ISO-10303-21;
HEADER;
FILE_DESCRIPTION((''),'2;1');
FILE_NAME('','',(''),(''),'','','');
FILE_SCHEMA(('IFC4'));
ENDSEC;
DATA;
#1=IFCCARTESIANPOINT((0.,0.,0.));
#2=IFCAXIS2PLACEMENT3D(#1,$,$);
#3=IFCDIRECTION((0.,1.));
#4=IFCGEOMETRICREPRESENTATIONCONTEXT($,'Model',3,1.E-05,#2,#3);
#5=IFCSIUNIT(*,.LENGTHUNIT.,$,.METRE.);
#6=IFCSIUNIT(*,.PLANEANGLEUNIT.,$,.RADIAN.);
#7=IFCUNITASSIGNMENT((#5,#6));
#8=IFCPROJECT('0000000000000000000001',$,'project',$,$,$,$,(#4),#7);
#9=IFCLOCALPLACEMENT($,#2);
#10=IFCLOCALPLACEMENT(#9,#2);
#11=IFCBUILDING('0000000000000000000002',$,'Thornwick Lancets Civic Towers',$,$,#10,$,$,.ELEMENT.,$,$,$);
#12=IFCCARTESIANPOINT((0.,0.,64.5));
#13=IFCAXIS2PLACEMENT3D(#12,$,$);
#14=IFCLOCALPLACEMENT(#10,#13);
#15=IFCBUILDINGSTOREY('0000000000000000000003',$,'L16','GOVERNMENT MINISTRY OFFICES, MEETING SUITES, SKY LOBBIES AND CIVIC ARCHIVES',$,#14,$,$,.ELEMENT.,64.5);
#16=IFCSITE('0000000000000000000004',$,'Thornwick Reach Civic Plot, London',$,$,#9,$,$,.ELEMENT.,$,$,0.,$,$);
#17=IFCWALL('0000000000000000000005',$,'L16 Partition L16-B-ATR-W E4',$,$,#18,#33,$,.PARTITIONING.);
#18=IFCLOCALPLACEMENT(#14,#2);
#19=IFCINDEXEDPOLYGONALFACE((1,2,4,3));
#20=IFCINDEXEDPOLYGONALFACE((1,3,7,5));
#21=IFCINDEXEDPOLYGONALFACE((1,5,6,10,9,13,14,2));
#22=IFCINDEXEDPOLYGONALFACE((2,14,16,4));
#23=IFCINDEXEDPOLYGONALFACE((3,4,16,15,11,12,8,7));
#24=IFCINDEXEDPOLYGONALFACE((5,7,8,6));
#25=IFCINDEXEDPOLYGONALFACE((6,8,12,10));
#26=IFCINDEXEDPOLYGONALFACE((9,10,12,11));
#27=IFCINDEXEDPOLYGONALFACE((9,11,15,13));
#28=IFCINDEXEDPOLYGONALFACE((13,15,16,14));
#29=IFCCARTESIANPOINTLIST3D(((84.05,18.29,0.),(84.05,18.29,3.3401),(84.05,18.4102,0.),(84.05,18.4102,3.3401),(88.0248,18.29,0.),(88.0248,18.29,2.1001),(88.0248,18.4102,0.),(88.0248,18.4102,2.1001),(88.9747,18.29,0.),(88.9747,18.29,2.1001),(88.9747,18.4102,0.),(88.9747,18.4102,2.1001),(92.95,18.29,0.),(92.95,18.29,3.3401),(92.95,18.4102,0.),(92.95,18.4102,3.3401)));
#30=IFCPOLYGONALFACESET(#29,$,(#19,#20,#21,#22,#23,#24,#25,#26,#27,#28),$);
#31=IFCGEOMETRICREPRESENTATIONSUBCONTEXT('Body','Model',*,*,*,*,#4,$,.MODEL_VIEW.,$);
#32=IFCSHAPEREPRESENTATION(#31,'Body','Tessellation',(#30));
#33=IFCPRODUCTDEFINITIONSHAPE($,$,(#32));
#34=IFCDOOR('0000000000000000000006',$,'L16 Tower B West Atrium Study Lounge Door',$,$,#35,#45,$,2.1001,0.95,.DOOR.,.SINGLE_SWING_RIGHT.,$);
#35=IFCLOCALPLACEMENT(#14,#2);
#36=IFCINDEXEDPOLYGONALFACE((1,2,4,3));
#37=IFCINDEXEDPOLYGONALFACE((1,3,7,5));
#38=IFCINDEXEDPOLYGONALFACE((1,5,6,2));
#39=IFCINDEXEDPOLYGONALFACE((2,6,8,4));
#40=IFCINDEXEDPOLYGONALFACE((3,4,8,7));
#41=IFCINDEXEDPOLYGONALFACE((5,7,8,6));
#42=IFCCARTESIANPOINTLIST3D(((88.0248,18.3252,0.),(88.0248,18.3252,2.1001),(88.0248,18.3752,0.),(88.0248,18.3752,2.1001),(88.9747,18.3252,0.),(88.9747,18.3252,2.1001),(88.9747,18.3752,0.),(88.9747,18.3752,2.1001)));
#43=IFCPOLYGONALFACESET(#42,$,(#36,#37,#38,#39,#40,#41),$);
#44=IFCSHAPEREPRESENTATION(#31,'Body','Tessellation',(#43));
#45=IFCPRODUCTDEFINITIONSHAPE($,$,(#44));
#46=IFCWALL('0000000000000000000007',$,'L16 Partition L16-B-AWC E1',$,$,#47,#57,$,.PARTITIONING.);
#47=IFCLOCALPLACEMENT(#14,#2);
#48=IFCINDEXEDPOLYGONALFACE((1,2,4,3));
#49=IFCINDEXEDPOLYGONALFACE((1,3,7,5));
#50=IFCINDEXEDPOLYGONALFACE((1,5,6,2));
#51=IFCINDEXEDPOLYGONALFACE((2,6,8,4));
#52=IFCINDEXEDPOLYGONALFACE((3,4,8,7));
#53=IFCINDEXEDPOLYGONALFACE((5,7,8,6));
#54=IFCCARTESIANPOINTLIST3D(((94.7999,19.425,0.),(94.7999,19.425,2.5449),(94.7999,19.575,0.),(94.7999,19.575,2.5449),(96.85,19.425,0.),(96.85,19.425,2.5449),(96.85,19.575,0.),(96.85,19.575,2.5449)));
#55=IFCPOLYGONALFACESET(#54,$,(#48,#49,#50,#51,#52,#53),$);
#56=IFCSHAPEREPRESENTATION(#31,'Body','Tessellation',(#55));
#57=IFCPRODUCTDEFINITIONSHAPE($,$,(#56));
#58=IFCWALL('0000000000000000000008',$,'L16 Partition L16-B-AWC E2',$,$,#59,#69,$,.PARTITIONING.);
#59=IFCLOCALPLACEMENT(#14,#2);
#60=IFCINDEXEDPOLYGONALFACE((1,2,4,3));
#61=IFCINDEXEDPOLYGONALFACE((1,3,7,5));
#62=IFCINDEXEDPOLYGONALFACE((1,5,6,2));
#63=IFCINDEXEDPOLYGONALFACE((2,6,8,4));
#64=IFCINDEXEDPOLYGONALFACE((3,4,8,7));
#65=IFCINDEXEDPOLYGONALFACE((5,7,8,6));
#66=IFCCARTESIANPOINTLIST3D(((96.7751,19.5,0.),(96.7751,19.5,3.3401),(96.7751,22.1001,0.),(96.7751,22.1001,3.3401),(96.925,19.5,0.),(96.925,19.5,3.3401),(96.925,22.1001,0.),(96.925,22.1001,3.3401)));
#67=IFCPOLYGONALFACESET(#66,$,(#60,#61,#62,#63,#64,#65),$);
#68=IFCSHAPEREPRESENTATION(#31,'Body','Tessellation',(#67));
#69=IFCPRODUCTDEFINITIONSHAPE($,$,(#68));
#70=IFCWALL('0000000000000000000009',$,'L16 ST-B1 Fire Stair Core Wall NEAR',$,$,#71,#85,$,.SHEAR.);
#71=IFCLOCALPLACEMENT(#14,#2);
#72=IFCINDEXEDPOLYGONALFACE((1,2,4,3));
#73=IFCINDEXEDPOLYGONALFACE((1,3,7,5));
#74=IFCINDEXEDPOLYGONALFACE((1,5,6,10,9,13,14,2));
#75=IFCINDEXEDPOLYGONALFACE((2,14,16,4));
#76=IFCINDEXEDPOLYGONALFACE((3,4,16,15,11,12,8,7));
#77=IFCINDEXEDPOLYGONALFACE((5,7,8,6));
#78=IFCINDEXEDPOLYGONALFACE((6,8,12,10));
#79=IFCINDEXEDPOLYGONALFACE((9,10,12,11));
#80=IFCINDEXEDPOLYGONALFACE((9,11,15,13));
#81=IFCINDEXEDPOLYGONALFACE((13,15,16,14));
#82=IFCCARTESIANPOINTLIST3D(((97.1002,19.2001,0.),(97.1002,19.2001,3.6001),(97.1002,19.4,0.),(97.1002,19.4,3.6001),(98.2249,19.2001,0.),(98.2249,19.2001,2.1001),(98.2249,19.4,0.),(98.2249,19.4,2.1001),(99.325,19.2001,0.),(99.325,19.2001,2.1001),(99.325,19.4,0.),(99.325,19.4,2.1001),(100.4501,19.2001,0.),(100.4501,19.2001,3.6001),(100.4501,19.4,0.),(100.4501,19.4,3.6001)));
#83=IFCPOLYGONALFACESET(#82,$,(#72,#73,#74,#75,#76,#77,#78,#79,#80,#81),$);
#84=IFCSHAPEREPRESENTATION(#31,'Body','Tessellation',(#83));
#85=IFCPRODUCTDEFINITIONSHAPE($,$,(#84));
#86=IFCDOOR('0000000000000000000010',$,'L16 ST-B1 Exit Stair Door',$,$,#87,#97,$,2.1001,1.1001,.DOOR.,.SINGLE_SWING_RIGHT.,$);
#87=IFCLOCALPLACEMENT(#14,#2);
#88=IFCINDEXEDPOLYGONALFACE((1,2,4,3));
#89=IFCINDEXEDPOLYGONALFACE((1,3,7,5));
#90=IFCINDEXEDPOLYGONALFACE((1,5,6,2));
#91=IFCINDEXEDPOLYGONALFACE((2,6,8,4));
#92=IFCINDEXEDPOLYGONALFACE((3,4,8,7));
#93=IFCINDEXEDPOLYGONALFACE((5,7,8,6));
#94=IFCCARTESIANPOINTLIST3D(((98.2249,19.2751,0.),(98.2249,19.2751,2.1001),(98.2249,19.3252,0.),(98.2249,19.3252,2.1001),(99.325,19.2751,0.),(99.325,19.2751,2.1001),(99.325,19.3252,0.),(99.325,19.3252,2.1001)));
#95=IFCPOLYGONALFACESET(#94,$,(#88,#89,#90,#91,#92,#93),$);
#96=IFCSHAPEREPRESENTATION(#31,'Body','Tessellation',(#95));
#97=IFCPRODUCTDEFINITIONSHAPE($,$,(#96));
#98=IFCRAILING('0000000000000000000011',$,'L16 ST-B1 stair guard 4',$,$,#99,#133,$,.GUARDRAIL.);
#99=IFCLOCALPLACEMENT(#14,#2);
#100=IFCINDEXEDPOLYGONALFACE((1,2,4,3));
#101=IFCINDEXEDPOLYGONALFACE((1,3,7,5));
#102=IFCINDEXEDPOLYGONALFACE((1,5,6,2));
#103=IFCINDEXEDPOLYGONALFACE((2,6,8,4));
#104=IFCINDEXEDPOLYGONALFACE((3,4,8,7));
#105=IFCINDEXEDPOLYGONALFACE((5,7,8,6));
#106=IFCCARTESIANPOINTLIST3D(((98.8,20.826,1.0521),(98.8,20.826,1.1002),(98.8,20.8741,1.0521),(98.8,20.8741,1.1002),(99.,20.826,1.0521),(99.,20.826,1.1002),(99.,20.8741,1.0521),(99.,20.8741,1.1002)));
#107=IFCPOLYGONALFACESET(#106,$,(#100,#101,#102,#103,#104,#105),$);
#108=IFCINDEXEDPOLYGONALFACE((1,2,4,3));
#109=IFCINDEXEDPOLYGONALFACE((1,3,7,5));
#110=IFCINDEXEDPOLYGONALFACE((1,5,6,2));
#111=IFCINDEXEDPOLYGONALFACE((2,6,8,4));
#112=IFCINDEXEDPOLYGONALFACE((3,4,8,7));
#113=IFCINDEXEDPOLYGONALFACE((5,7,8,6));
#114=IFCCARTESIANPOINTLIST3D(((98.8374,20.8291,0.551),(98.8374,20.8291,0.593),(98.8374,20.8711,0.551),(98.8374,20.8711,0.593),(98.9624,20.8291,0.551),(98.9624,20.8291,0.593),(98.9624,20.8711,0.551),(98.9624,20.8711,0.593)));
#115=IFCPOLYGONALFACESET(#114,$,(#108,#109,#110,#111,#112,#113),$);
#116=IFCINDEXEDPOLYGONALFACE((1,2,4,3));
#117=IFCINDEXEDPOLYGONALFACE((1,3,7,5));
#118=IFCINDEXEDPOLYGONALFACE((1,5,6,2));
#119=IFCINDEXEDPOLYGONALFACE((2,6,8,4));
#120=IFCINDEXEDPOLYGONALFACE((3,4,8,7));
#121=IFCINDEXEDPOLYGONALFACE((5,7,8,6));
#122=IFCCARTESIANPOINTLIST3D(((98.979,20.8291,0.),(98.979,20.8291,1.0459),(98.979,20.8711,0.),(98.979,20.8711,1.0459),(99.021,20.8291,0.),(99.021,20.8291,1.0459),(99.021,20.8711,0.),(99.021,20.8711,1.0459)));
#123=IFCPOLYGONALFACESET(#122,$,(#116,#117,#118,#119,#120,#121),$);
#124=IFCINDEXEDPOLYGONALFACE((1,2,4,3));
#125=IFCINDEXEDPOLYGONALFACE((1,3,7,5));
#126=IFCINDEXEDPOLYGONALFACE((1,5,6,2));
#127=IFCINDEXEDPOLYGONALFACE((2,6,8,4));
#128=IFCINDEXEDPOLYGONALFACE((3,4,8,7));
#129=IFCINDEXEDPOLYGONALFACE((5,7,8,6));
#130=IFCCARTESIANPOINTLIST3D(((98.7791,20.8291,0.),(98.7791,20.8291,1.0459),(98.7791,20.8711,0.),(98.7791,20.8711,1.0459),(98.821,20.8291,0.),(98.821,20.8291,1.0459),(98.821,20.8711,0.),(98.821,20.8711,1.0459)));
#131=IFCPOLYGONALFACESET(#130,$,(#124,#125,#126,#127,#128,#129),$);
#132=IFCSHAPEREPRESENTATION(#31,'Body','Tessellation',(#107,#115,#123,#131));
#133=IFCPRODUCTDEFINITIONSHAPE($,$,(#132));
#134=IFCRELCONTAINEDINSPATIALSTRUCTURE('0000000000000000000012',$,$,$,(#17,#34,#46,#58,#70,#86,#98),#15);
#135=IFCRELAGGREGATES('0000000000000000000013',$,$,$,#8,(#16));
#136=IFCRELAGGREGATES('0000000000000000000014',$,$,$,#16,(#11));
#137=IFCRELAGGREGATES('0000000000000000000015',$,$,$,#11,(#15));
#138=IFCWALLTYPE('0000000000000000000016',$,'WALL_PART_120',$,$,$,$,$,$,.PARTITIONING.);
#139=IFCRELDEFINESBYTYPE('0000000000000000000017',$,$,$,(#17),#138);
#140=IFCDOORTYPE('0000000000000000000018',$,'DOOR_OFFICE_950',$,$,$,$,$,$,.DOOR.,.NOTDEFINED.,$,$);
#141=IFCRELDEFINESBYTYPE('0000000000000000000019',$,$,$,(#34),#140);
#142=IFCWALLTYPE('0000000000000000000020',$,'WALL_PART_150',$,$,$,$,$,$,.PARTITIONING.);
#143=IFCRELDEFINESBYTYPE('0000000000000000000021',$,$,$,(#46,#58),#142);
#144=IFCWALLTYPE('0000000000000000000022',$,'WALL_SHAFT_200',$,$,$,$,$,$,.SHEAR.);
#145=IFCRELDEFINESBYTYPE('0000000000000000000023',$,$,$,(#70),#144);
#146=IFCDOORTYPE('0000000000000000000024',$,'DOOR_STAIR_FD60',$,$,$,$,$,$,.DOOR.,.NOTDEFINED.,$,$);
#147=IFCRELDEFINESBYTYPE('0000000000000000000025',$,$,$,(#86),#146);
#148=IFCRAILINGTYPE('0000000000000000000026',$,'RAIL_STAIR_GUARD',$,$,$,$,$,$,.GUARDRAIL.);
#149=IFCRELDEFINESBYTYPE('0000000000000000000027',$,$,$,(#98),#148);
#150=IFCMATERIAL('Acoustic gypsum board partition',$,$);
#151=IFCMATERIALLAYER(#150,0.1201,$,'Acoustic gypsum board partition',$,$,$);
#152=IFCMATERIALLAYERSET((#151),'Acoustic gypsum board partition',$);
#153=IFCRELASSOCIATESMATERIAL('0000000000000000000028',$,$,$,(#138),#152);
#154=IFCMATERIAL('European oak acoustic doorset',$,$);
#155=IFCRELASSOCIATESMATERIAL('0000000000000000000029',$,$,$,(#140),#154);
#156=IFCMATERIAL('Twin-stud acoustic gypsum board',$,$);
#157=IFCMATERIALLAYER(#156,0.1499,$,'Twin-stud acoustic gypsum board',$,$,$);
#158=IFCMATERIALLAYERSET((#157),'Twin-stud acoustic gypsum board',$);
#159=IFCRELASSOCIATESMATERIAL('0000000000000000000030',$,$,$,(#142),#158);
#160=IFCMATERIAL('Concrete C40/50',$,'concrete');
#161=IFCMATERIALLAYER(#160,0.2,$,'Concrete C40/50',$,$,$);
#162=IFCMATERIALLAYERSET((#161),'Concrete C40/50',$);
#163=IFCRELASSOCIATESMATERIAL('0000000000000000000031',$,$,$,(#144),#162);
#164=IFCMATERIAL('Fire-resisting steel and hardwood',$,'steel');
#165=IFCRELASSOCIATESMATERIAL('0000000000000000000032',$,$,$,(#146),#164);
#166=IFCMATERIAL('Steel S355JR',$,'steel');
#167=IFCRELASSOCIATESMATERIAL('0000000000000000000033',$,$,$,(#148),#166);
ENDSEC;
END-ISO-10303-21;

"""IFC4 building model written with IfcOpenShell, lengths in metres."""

from ifc_helpers import new_model, si_unit, direction, frame, frame_2d, origin, origin_2d, place, context, subcontext, project, spatial, rectangle, extrude, material, layer, layer_set, type_object, element, fill, save


model = new_model("IFC4")

# Units and contexts
model_context = context("Model", 3, precision=1e-05, world=origin(), true_north=direction((0.0, 1.0)))
body_context = subcontext(model_context, "Body", "Model", "MODEL_VIEW")
ifc_project = project(units=[si_unit("LENGTHUNIT", "METRE"), si_unit("PLANEANGLEUNIT", "RADIAN")], contexts=[model_context])

# Site, building, storey
site_placement = place(None, origin())
site = spatial("IfcSite", under=ifc_project, at=site_placement, Name="Thornwick Reach Civic Plot, London", CompositionType="ELEMENT", RefElevation=0.0)
building_placement = place(site_placement, origin())
building = spatial("IfcBuilding", under=site, at=building_placement, Name="Thornwick Lancets Civic Towers", CompositionType="ELEMENT")
storey_placement = place(building_placement, frame((0.0, 0.0, 64.5)))
storey = spatial("IfcBuildingStorey", under=building, at=storey_placement, Name="L16", Description="GOVERNMENT MINISTRY OFFICES, MEETING SUITES, SKY LOBBIES AND CIVIC ARCHIVES", CompositionType="ELEMENT", Elevation=64.5)

# Shared definitions
ifc_material_1 = material(Name="Acoustic gypsum board partition")
ifc_layer_1 = layer(ifc_material_1, 0.1201, Name="Acoustic gypsum board partition")
ifc_layer_set_1 = layer_set([ifc_layer_1], Name="Acoustic gypsum board partition")
wall_type_1 = type_object("IfcWallType", Name="WALL_PART_120", PredefinedType="PARTITIONING", material=ifc_layer_set_1)

# Wall, opening, door
wall_1_placement = place(storey_placement, frame((92.95, 18.3501, 0.0), z_axis=(0.0, 0.0, 1.0), x_axis=(-1.0, 0.0, 0.0)))
wall_1 = element("IfcWall", 1, at=wall_1_placement, inside=storey, type_object=wall_type_1, Name="L16 Partition L16-B-ATR-W E4", PredefinedType="PARTITIONING", context=body_context, shape_type="SweptSolid", body=[
    extrude(rectangle(XDim=8.8999, YDim=0.1201, at=frame_2d((4.45, 0.0))), origin(), (0.0, 0.0, 1.0), 3.3401),
])
opening_1_placement = place(wall_1_placement, frame((3.9751, 0.0, 0.0)))
opening_1 = element("IfcOpeningElement", 2, at=opening_1_placement, cuts=wall_1, PredefinedType="OPENING", context=body_context, shape_type="SweptSolid", body=[
    extrude(rectangle(XDim=0.95, YDim=2.1001, at=frame_2d((0.4751, 1.05))), frame((0.0, 0.0701, 0.0), z_axis=(0.0, -1.0, 0.0), x_axis=(1.0, 0.0, 0.0)), (0.0, 0.0, 1.0), 0.1401),
])
ifc_material_2 = material(Name="European oak acoustic doorset")
door_type_1 = type_object("IfcDoorType", Name="DOOR_OFFICE_950", OperationType="NOTDEFINED", PredefinedType="DOOR", material=ifc_material_2)
door_1_placement = place(opening_1_placement, origin())
door_1 = element("IfcDoor", 3, at=door_1_placement, inside=storey, type_object=door_type_1, Name="L16 Tower B West Atrium Study Lounge Door", OperationType="SINGLE_SWING_RIGHT", OverallHeight=2.1001, OverallWidth=0.95, PredefinedType="DOOR", context=body_context, shape_type="SweptSolid", body=[
    extrude(rectangle(XDim=0.95, YDim=2.1001, at=frame_2d((0.4751, 1.05))), frame((0.0, 0.0249, 0.0), z_axis=(0.0, -1.0, 0.0), x_axis=(1.0, 0.0, 0.0)), (0.0, 0.0, 1.0), 0.05),
])
fill(opening_1, door_1)

# Walls
ifc_material_3 = material(Name="Twin-stud acoustic gypsum board")
ifc_layer_2 = layer(ifc_material_3, 0.1499, Name="Twin-stud acoustic gypsum board")
ifc_layer_set_2 = layer_set([ifc_layer_2], Name="Twin-stud acoustic gypsum board")
wall_type_2 = type_object("IfcWallType", Name="WALL_PART_150", PredefinedType="PARTITIONING", material=ifc_layer_set_2)
wall_2_placement = place(storey_placement, frame((94.8, 19.5, 0.0), z_axis=(0.0, 0.0, 1.0), x_axis=(1.0, 0.0, 0.0)))
element("IfcWall", 4, at=wall_2_placement, inside=storey, type_object=wall_type_2, Name="L16 Partition L16-B-AWC E1", PredefinedType="PARTITIONING", context=body_context, shape_type="SweptSolid", body=[
    extrude(rectangle(XDim=2.05, YDim=0.1499, at=frame_2d((1.0249, 0.0))), origin(), (0.0, 0.0, 1.0), 2.5449),
])
wall_3_placement = place(storey_placement, frame((96.8501, 19.5, 0.0), z_axis=(0.0, 0.0, 1.0), x_axis=(0.0, 1.0, 0.0)))
element("IfcWall", 5, at=wall_3_placement, inside=storey, type_object=wall_type_2, Name="L16 Partition L16-B-AWC E2", PredefinedType="PARTITIONING", context=body_context, shape_type="SweptSolid", body=[
    extrude(rectangle(XDim=2.6001, YDim=0.1499, at=frame_2d((1.3, 0.0))), origin(), (0.0, 0.0, 1.0), 3.3401),
])

# Wall, opening, door
ifc_material_4 = material(Name="Concrete C40/50", Category="concrete")
ifc_layer_3 = layer(ifc_material_4, 0.2, Name="Concrete C40/50")
ifc_layer_set_3 = layer_set([ifc_layer_3], Name="Concrete C40/50")
wall_type_3 = type_object("IfcWallType", Name="WALL_SHAFT_200", PredefinedType="SHEAR", material=ifc_layer_set_3)
wall_4_placement = place(storey_placement, frame((100.45, 19.3, 0.0), z_axis=(0.0, 0.0, 1.0), x_axis=(-1.0, 0.0, 0.0)))
wall_4 = element("IfcWall", 6, at=wall_4_placement, inside=storey, type_object=wall_type_3, Name="L16 ST-B1 Fire Stair Core Wall NEAR", PredefinedType="SHEAR", context=body_context, shape_type="SweptSolid", body=[
    extrude(rectangle(XDim=3.3499, YDim=0.2, at=frame_2d((1.6748, 0.0))), origin(), (0.0, 0.0, 1.0), 3.6001),
])
opening_2_placement = place(wall_4_placement, frame((1.125, 0.0, 0.0)))
opening_2 = element("IfcOpeningElement", 7, at=opening_2_placement, cuts=wall_4, PredefinedType="OPENING", context=body_context, shape_type="SweptSolid", body=[
    extrude(rectangle(XDim=1.1001, YDim=2.1001, at=frame_2d((0.55, 1.05))), frame((0.0, 0.1099, 0.0), z_axis=(0.0, -1.0, 0.0), x_axis=(1.0, 0.0, 0.0)), (0.0, 0.0, 1.0), 0.22),
])
ifc_material_5 = material(Name="Fire-resisting steel and hardwood", Category="steel")
door_type_2 = type_object("IfcDoorType", Name="DOOR_STAIR_FD60", OperationType="NOTDEFINED", PredefinedType="DOOR", material=ifc_material_5)
door_2_placement = place(opening_2_placement, origin())
door_2 = element("IfcDoor", 8, at=door_2_placement, inside=storey, type_object=door_type_2, Name="L16 ST-B1 Exit Stair Door", OperationType="SINGLE_SWING_RIGHT", OverallHeight=2.1001, OverallWidth=1.1001, PredefinedType="DOOR", context=body_context, shape_type="SweptSolid", body=[
    extrude(rectangle(XDim=1.1001, YDim=2.1001, at=frame_2d((0.55, 1.05))), frame((0.0, 0.0249, 0.0), z_axis=(0.0, -1.0, 0.0), x_axis=(1.0, 0.0, 0.0)), (0.0, 0.0, 1.0), 0.05),
])
fill(opening_2, door_2)

# Railing
ifc_material_6 = material(Name="Steel S355JR", Category="steel")
railing_type = type_object("IfcRailingType", Name="RAIL_STAIR_GUARD", PredefinedType="GUARDRAIL", material=ifc_material_6)
railing_placement = place(storey_placement, frame((99.0, 20.8501, 0.0)))
element("IfcRailing", 9, at=railing_placement, inside=storey, type_object=railing_type, Name="L16 ST-B1 stair guard 4", PredefinedType="GUARDRAIL", context=body_context, shape_type="SweptSolid", body=[
    extrude(rectangle(XDim=0.0481, YDim=0.0481, at=origin_2d()), frame((0.0, 0.0, 1.0762), z_axis=(-1.0, 0.0, 0.0), x_axis=(0.0, -1.0, 0.0)), (0.0, 0.0, 1.0), 0.2),
    extrude(rectangle(XDim=0.042, YDim=0.042, at=origin_2d()), frame((-0.0376, 0.0, 0.572), z_axis=(-1.0, 0.0, 0.0), x_axis=(0.0, -1.0, 0.0)), (0.0, 0.0, 1.0), 0.125),
    extrude(rectangle(XDim=0.042, YDim=0.042, at=origin_2d()), origin(), (0.0, 0.0, 1.0), 1.0459),
    extrude(rectangle(XDim=0.042, YDim=0.042, at=origin_2d()), frame((-0.2, 0.0, 0.0)), (0.0, 0.0, 1.0), 1.0459),
])

save(model, "model.ifc")
